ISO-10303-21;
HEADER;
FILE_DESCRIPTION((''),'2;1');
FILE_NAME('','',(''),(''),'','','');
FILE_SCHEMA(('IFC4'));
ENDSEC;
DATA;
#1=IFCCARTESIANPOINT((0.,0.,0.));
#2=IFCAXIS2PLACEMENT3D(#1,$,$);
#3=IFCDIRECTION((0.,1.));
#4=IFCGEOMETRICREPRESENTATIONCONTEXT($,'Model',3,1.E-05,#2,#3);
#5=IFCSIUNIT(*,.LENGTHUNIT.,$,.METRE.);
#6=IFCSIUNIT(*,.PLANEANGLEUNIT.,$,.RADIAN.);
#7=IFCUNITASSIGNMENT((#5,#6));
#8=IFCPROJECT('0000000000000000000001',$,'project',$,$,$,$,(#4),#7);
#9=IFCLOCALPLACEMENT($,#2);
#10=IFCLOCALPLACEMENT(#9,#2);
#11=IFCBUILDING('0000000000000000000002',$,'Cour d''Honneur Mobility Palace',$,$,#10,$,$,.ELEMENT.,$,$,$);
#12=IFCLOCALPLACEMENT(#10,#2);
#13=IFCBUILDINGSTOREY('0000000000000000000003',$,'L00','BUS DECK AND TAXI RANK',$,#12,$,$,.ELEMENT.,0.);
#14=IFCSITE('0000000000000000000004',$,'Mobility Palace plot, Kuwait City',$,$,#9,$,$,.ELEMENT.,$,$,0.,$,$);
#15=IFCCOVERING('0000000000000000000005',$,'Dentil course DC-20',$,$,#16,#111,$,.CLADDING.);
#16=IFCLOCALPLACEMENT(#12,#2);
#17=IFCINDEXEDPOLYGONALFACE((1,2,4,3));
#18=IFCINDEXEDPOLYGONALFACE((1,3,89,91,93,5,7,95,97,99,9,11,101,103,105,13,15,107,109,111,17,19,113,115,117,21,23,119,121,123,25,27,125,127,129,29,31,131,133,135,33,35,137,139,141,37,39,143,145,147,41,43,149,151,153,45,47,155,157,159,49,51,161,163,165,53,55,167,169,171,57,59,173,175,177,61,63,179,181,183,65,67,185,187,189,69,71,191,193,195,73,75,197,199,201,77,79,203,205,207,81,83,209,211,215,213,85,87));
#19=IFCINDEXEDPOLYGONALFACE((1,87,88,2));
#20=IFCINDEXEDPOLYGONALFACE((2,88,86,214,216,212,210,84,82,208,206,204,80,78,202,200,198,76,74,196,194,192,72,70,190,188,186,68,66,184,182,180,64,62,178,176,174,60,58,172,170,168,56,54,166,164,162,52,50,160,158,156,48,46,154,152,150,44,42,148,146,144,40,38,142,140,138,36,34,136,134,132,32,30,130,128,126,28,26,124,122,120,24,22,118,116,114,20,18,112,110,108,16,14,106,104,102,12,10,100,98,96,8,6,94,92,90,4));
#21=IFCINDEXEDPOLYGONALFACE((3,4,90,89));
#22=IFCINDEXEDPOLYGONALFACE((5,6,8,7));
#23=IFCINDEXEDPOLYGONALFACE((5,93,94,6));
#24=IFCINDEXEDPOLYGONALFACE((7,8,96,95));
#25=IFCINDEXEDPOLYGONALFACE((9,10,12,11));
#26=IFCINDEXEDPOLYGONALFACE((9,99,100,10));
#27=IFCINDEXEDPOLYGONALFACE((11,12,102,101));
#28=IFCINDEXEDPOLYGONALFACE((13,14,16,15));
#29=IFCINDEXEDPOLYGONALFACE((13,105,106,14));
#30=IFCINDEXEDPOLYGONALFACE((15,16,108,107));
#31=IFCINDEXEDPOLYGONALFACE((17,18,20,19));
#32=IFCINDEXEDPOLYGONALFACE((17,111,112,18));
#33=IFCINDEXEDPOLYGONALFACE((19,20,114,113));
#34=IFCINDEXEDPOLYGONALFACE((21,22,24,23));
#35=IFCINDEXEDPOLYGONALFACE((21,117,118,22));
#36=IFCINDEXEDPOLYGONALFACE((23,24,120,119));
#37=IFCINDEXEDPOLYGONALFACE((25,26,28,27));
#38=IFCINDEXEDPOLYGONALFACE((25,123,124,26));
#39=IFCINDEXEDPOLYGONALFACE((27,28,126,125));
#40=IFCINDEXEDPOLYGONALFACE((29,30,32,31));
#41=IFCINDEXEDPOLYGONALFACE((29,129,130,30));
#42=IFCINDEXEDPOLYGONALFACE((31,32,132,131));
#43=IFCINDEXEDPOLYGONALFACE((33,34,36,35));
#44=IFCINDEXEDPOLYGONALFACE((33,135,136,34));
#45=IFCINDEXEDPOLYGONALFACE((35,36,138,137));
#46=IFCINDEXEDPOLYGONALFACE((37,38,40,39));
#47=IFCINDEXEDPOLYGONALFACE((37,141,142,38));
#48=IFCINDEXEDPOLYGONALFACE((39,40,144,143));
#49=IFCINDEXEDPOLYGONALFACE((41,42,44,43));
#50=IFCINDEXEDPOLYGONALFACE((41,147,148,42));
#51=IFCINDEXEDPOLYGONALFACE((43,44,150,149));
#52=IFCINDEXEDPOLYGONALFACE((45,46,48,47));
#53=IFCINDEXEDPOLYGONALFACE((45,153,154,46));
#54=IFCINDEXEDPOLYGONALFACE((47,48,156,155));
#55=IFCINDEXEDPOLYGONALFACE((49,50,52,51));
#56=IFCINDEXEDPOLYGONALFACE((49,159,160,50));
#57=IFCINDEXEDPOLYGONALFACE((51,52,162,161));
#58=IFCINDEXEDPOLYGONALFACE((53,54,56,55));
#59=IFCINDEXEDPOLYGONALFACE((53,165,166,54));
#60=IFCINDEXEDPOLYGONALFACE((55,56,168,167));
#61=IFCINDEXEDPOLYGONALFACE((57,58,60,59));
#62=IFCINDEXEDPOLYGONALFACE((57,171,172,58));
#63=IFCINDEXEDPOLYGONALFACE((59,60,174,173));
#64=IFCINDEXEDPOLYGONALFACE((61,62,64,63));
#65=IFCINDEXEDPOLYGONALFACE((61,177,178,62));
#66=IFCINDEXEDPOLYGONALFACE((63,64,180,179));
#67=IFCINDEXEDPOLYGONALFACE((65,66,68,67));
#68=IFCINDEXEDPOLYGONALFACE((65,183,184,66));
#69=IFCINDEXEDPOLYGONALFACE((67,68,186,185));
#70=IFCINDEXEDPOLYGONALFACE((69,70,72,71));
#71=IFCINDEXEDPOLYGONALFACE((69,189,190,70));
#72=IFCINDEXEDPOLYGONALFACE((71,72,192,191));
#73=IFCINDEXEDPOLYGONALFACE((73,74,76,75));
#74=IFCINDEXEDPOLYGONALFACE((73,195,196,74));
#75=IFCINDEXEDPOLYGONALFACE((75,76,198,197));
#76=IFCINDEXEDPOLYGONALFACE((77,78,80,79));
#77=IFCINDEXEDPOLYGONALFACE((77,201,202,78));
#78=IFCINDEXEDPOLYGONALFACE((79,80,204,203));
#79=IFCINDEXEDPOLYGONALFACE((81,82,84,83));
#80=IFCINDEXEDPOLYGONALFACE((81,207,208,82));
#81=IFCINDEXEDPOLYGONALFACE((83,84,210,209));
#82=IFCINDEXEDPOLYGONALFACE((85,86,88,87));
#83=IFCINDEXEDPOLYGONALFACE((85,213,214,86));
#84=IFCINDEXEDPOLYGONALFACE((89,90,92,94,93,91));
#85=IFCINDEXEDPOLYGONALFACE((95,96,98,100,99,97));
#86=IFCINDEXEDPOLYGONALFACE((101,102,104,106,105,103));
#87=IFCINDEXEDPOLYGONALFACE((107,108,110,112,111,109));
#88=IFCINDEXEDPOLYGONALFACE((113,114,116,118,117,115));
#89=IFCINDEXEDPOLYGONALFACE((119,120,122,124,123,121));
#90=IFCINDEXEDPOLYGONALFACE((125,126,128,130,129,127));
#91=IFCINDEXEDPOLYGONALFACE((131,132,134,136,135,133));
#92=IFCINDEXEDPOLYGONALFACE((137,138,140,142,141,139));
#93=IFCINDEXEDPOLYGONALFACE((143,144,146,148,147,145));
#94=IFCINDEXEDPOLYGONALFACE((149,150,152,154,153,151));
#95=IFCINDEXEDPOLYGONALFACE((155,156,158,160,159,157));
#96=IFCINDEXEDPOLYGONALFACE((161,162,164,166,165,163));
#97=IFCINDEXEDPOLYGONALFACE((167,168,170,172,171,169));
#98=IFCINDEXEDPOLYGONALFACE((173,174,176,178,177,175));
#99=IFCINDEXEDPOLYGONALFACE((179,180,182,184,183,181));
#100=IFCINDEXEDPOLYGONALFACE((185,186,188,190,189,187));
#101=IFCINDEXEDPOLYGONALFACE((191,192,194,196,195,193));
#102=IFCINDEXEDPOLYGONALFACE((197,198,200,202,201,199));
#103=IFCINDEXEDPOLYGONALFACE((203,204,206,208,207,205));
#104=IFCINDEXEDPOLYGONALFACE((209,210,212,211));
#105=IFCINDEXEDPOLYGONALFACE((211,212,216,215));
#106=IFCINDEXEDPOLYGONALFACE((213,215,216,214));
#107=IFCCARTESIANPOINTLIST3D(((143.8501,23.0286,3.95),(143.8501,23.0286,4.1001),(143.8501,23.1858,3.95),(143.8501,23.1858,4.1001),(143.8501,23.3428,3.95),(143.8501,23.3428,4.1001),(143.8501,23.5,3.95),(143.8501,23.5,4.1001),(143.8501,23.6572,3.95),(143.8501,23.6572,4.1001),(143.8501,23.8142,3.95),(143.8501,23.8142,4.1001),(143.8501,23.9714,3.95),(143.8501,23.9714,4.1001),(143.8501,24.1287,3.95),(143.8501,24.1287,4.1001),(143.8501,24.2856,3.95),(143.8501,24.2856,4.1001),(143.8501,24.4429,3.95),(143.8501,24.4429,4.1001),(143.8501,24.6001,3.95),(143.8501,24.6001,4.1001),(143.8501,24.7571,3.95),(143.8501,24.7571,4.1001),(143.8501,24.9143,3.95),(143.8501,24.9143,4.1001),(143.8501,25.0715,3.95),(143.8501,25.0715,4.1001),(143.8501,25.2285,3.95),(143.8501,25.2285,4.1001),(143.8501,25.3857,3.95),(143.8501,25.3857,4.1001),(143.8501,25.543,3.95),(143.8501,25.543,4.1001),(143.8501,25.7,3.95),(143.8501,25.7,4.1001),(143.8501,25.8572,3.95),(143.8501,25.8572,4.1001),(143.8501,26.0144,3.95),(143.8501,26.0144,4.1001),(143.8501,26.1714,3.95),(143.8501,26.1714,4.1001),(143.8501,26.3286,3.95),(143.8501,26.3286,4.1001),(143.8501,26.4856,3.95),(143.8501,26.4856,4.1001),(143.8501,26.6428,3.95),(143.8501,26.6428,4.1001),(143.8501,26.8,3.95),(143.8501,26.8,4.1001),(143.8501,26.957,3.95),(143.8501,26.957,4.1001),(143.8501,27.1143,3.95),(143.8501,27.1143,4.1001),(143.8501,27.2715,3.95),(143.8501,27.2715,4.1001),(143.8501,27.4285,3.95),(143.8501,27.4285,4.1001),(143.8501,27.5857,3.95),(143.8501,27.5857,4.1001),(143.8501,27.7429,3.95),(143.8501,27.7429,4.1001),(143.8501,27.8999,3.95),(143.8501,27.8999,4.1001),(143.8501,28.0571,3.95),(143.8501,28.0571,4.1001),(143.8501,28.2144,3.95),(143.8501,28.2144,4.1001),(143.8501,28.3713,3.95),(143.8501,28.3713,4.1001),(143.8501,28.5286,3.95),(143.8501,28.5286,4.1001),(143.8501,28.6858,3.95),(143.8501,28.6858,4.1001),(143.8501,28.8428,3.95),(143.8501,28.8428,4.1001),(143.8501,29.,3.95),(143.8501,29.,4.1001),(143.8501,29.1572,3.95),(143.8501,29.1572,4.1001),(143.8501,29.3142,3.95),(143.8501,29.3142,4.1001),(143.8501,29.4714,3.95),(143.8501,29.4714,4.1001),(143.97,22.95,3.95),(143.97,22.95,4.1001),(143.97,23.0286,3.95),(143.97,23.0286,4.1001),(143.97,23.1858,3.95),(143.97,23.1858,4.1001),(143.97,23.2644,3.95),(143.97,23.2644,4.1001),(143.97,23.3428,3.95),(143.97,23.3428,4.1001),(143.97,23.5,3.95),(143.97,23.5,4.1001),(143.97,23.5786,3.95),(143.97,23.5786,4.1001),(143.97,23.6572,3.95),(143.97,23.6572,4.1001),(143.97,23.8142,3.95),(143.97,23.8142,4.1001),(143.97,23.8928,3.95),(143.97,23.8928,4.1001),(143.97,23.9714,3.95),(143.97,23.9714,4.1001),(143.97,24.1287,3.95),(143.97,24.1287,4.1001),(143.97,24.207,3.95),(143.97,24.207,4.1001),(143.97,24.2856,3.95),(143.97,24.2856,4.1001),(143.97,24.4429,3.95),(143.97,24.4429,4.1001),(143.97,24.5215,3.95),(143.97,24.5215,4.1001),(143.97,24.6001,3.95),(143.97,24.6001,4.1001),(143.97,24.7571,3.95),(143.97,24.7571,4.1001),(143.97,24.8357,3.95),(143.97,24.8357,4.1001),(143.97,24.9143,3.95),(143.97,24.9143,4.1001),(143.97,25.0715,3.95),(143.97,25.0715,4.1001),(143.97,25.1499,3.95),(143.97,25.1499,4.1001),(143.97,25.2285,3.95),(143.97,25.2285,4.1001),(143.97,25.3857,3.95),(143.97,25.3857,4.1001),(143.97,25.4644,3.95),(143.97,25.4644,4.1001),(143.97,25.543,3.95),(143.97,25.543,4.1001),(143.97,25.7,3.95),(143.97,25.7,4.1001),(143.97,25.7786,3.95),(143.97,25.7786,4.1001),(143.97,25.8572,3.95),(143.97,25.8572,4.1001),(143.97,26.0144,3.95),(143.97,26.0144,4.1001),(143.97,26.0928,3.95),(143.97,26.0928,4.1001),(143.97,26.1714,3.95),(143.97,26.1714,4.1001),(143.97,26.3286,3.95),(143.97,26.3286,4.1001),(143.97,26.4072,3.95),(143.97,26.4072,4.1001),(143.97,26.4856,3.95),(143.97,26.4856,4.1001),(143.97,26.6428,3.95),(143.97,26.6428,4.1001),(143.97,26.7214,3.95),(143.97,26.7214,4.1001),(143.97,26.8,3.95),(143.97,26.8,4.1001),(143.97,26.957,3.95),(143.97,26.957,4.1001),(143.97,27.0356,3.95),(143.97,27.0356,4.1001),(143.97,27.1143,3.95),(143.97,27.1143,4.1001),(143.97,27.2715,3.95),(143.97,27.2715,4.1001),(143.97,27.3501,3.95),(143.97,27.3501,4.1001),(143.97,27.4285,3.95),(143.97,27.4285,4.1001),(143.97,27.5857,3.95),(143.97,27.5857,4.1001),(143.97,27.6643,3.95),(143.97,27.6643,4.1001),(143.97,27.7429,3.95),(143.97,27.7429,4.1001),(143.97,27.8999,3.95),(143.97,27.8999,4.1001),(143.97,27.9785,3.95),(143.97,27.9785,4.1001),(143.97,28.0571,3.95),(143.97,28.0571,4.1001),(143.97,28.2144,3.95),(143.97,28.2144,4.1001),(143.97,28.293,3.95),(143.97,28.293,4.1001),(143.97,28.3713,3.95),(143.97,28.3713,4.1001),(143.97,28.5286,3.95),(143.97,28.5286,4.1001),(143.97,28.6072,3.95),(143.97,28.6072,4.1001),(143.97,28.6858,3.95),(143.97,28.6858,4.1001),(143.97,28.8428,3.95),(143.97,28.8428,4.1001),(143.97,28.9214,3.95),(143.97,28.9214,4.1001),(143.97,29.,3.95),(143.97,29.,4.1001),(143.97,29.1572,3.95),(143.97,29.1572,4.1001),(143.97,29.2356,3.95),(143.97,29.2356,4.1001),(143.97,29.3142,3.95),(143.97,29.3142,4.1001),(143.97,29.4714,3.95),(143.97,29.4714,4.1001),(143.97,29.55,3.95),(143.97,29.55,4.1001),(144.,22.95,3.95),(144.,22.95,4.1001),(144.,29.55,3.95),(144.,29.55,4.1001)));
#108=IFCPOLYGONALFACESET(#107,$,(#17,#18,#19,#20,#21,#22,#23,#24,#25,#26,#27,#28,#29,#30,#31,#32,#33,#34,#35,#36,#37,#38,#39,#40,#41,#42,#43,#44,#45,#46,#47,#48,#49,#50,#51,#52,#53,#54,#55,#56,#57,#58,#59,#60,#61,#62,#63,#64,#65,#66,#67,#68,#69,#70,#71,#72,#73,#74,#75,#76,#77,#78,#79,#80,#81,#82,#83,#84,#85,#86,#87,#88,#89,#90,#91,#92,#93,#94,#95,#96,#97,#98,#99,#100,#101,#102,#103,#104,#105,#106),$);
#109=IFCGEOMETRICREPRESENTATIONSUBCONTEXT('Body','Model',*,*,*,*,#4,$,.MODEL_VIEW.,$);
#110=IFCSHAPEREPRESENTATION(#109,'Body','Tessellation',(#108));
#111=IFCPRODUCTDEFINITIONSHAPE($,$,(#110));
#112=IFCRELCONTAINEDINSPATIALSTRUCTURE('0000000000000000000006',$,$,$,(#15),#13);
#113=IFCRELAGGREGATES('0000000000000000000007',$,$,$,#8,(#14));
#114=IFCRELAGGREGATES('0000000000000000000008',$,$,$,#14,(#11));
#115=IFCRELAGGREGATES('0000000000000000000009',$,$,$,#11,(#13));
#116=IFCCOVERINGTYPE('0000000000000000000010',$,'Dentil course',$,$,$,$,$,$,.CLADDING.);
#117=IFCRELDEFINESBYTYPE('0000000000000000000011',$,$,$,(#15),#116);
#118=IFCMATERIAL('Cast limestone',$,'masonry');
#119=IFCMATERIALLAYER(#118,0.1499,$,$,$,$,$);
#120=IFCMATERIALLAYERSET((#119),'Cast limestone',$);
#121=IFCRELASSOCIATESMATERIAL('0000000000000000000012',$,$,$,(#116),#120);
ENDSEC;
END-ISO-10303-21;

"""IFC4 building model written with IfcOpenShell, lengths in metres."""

from ifc_helpers import new_model, si_unit, direction, frame, origin, place, context, subcontext, project, spatial, polyline, outline, extrude, material, layer, layer_set, type_object, element, save


model = new_model("IFC4")

# Units and contexts
model_context = context("Model", 3, precision=1e-05, world=origin(), true_north=direction((0.0, 1.0)))
body_context = subcontext(model_context, "Body", "Model", "MODEL_VIEW")
ifc_project = project(units=[si_unit("LENGTHUNIT", "METRE"), si_unit("PLANEANGLEUNIT", "RADIAN")], contexts=[model_context])

# Site, building, storey
site_placement = place(None, origin())
site = spatial("IfcSite", under=ifc_project, at=site_placement, Name="Mobility Palace plot, Kuwait City", CompositionType="ELEMENT", RefElevation=0.0)
building_placement = place(site_placement, origin())
building = spatial("IfcBuilding", under=site, at=building_placement, Name="Cour d'Honneur Mobility Palace", CompositionType="ELEMENT")
storey_placement = place(building_placement, origin())
storey = spatial("IfcBuildingStorey", under=building, at=storey_placement, Name="L00", Description="BUS DECK AND TAXI RANK", CompositionType="ELEMENT", Elevation=0.0)

# Covering
ifc_material = material(Name="Cast limestone", Category="masonry")
ifc_layer = layer(ifc_material, 0.1499)
ifc_layer_set = layer_set([ifc_layer], Name="Cast limestone")
covering_type = type_object("IfcCoveringType", Name="Dentil course", PredefinedType="CLADDING", material=ifc_layer_set)
covering_1_placement = place(storey_placement, frame((0.0, 0.0, 3.95)))
element("IfcCovering", 1, at=covering_1_placement, inside=storey, type_object=covering_type, Name="Dentil course DC-20", PredefinedType="CLADDING", context=body_context, shape_type="SweptSolid", body=[
    extrude(outline(polyline([(144.0, 29.55), (144.0, 22.95), (143.97, 22.95), (143.97, 22.95), (143.97, 23.0286), (143.8501, 23.0286), (143.8501, 23.1858), (143.97, 23.1858), (143.97, 23.2644), (143.97, 23.2644), (143.97, 23.3428), (143.8501, 23.3428), (143.8501, 23.5), (143.97, 23.5), (143.97, 23.5786), (143.97, 23.5786), (143.97, 23.6572), (143.8501, 23.6572), (143.8501, 23.8142), (143.97, 23.8142), (143.97, 23.8928), (143.97, 23.8928), (143.97, 23.9714), (143.8501, 23.9714), (143.8501, 24.1287), (143.97, 24.1287), (143.97, 24.207), (143.97, 24.207), (143.97, 24.2856), (143.8501, 24.2856), (143.8501, 24.4429), (143.97, 24.4429), (143.97, 24.5215), (143.97, 24.5215), (143.97, 24.6001), (143.8501, 24.6001), (143.8501, 24.7571), (143.97, 24.7571), (143.97, 24.8357), (143.97, 24.8357), (143.97, 24.9143), (143.8501, 24.9143), (143.8501, 25.0715), (143.97, 25.0715), (143.97, 25.1499), (143.97, 25.1499), (143.97, 25.2285), (143.8501, 25.2285), (143.8501, 25.3857), (143.97, 25.3857), (143.97, 25.4644), (143.97, 25.4644), (143.97, 25.543), (143.8501, 25.543), (143.8501, 25.7), (143.97, 25.7), (143.97, 25.7786), (143.97, 25.7786), (143.97, 25.8572), (143.8501, 25.8572), (143.8501, 26.0144), (143.97, 26.0144), (143.97, 26.0928), (143.97, 26.0928), (143.97, 26.1714), (143.8501, 26.1714), (143.8501, 26.3286), (143.97, 26.3286), (143.97, 26.4072), (143.97, 26.4072), (143.97, 26.4856), (143.8501, 26.4856), (143.8501, 26.6428), (143.97, 26.6428), (143.97, 26.7214), (143.97, 26.7214), (143.97, 26.8), (143.8501, 26.8), (143.8501, 26.957), (143.97, 26.957), (143.97, 27.0356), (143.97, 27.0356), (143.97, 27.1143), (143.8501, 27.1143), (143.8501, 27.2715), (143.97, 27.2715), (143.97, 27.3501), (143.97, 27.3501), (143.97, 27.4285), (143.8501, 27.4285), (143.8501, 27.5857), (143.97, 27.5857), (143.97, 27.6643), (143.97, 27.6643), (143.97, 27.7429), (143.8501, 27.7429), (143.8501, 27.8999), (143.97, 27.8999), (143.97, 27.9785), (143.97, 27.9785), (143.97, 28.0571), (143.8501, 28.0571), (143.8501, 28.2144), (143.97, 28.2144), (143.97, 28.293), (143.97, 28.293), (143.97, 28.3713), (143.8501, 28.3713), (143.8501, 28.5286), (143.97, 28.5286), (143.97, 28.6072), (143.97, 28.6072), (143.97, 28.6858), (143.8501, 28.6858), (143.8501, 28.8428), (143.97, 28.8428), (143.97, 28.9214), (143.97, 28.9214), (143.97, 29.0), (143.8501, 29.0), (143.8501, 29.1572), (143.97, 29.1572), (143.97, 29.2356), (143.97, 29.2356), (143.97, 29.3142), (143.8501, 29.3142), (143.8501, 29.4714), (143.97, 29.4714), (143.97, 29.55), (144.0, 29.55)])), origin(), (0.0, 0.0, 1.0), 0.1501),
])

save(model, "model.ifc")
